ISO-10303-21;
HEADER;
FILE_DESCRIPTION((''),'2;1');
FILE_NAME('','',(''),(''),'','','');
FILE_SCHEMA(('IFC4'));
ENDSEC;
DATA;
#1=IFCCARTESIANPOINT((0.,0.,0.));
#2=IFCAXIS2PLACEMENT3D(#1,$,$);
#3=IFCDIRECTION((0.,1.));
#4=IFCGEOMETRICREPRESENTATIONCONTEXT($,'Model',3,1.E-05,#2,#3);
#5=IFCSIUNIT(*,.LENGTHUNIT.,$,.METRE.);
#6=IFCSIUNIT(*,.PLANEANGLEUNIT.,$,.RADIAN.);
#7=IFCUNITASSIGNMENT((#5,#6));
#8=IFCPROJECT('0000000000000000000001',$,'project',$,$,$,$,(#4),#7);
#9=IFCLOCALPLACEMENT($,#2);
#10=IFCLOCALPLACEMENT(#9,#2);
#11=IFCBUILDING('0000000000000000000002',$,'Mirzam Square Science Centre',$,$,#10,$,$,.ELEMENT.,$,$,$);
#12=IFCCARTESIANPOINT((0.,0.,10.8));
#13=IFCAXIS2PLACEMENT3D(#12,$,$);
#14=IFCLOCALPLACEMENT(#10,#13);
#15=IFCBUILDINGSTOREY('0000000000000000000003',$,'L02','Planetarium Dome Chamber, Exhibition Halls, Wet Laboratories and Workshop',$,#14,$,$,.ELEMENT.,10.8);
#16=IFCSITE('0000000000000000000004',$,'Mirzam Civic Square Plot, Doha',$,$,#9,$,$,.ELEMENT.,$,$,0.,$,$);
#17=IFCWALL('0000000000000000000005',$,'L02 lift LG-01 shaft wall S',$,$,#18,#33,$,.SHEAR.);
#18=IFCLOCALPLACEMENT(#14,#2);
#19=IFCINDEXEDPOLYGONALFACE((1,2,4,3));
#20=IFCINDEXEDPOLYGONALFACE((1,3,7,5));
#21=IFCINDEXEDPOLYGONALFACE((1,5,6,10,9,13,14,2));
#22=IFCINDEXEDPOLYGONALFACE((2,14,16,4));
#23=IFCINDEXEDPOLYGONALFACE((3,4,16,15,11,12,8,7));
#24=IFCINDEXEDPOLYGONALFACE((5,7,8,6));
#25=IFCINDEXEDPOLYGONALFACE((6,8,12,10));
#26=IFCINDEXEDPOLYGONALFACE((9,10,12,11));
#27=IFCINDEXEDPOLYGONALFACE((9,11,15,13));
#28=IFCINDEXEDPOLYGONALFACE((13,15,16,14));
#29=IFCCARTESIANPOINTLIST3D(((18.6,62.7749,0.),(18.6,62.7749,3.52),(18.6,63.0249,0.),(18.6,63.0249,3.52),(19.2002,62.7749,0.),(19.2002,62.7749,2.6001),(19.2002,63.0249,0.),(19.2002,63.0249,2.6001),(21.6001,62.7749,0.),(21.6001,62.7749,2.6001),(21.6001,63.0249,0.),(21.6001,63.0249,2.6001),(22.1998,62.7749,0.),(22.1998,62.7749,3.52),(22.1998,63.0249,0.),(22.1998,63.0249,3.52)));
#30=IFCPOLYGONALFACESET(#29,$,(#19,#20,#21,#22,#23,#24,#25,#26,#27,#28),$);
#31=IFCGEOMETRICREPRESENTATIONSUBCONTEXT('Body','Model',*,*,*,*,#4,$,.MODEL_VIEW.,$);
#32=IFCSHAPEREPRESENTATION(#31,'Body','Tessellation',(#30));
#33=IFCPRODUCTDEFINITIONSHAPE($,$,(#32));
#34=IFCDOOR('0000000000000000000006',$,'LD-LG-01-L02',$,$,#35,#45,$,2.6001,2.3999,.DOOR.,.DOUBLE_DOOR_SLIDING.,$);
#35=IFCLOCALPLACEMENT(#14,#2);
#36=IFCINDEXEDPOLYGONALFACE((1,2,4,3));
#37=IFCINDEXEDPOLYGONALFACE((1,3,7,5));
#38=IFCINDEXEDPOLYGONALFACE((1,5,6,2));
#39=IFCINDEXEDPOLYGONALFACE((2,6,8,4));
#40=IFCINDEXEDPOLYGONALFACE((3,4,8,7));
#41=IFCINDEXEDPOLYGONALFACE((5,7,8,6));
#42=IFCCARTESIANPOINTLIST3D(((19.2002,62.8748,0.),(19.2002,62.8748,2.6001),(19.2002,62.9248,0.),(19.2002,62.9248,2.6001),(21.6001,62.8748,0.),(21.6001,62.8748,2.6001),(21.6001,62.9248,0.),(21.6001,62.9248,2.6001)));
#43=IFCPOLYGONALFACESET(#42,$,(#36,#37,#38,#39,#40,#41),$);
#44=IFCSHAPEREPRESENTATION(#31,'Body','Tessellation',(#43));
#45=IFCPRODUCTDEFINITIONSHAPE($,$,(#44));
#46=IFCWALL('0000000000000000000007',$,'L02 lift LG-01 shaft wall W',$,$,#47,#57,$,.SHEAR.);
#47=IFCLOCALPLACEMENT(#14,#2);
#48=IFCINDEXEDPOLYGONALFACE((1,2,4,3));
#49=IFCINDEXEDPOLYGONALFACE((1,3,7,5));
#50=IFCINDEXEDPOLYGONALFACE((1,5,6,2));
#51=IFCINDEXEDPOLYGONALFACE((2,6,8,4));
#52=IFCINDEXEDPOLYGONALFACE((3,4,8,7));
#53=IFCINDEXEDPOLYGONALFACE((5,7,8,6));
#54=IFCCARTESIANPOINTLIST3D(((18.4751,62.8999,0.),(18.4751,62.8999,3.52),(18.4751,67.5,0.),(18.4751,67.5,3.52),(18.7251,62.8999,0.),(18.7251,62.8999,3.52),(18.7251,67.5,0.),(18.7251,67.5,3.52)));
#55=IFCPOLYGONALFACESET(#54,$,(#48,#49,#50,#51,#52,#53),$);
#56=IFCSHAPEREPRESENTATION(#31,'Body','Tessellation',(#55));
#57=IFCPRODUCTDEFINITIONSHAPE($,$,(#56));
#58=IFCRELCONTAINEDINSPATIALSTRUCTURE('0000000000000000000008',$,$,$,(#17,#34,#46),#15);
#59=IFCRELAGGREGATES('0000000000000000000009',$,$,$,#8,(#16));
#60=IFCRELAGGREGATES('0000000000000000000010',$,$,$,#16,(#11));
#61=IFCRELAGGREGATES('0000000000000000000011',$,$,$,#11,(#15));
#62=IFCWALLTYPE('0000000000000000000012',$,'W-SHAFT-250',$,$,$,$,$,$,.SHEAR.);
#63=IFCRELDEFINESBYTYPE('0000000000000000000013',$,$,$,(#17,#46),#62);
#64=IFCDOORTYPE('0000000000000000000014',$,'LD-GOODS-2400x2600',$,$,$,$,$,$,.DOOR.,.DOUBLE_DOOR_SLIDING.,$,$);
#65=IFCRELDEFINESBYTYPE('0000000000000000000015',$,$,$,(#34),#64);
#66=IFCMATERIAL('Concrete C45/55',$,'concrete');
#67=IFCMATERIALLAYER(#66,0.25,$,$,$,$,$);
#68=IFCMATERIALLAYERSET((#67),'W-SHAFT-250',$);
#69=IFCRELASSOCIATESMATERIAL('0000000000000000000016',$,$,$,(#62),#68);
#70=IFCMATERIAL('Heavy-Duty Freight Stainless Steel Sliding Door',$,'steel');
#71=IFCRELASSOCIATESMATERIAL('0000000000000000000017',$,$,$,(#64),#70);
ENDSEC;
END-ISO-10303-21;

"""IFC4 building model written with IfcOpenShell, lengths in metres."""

from ifc_helpers import new_model, si_unit, direction, frame, frame_2d, origin, place, context, subcontext, project, spatial, rectangle, extrude, material, layer, layer_set, type_object, element, fill, save


model = new_model("IFC4")

# Units and contexts
model_context = context("Model", 3, precision=1e-05, world=origin(), true_north=direction((0.0, 1.0)))
body_context = subcontext(model_context, "Body", "Model", "MODEL_VIEW")
ifc_project = project(units=[si_unit("LENGTHUNIT", "METRE"), si_unit("PLANEANGLEUNIT", "RADIAN")], contexts=[model_context])

# Site, building, storey
site_placement = place(None, origin())
site = spatial("IfcSite", under=ifc_project, at=site_placement, Name="Mirzam Civic Square Plot, Doha", CompositionType="ELEMENT", RefElevation=0.0)
building_placement = place(site_placement, origin())
building = spatial("IfcBuilding", under=site, at=building_placement, Name="Mirzam Square Science Centre", CompositionType="ELEMENT")
storey_placement = place(building_placement, frame((0.0, 0.0, 10.8)))
storey = spatial("IfcBuildingStorey", under=building, at=storey_placement, Name="L02", Description="Planetarium Dome Chamber, Exhibition Halls, Wet Laboratories and Workshop", CompositionType="ELEMENT", Elevation=10.8)

# Wall, opening, door
ifc_material_1 = material(Name="Concrete C45/55", Category="concrete")
ifc_layer_1 = layer(ifc_material_1, 0.25)
ifc_layer_set_1 = layer_set([ifc_layer_1], Name="W-SHAFT-250")
wall_type_1 = type_object("IfcWallType", Name="W-SHAFT-250", PredefinedType="SHEAR", material=ifc_layer_set_1)
wall_1_placement = place(storey_placement, frame((18.6001, 62.8999, 0.0), z_axis=(0.0, 0.0, 1.0), x_axis=(1.0, 0.0, 0.0)))
wall_1 = element("IfcWall", 1, at=wall_1_placement, inside=storey, type_object=wall_type_1, Name="L02 lift LG-01 shaft wall S", PredefinedType="SHEAR", context=body_context, shape_type="SweptSolid", body=[
    extrude(rectangle(XDim=3.5999, YDim=0.25, at=frame_2d((1.7998, 0.0))), origin(), (0.0, 0.0, 1.0), 3.52),
])
opening_1_placement = place(wall_1_placement, frame((0.6001, 0.0, 0.0)))
opening_1 = element("IfcOpeningElement", 2, at=opening_1_placement, cuts=wall_1, PredefinedType="OPENING", context=body_context, shape_type="SweptSolid", body=[
    extrude(rectangle(XDim=2.3999, YDim=2.6001, at=frame_2d((1.2, 1.3))), frame((0.0, 0.135, 0.0), z_axis=(0.0, -1.0, 0.0), x_axis=(1.0, 0.0, 0.0)), (0.0, 0.0, 1.0), 0.27),
])
ifc_material_2 = material(Name="Heavy-Duty Freight Stainless Steel Sliding Door", Category="steel")
door_type = type_object("IfcDoorType", Name="LD-GOODS-2400x2600", OperationType="DOUBLE_DOOR_SLIDING", PredefinedType="DOOR", material=ifc_material_2)
door_placement = place(opening_1_placement, origin())
door = element("IfcDoor", 3, at=door_placement, inside=storey, type_object=door_type, Name="LD-LG-01-L02", OperationType="DOUBLE_DOOR_SLIDING", OverallHeight=2.6001, OverallWidth=2.3999, PredefinedType="DOOR", context=body_context, shape_type="SweptSolid", body=[
    extrude(rectangle(XDim=2.3999, YDim=2.6001, at=frame_2d((1.2, 1.3))), frame((0.0, 0.0249, 0.0), z_axis=(0.0, -1.0, 0.0), x_axis=(1.0, 0.0, 0.0)), (0.0, 0.0, 1.0), 0.05),
])
fill(opening_1, door)

# Wall
wall_2_placement = place(storey_placement, frame((18.6001, 67.5, 0.0), z_axis=(0.0, 0.0, 1.0), x_axis=(0.0, -1.0, 0.0)))
element("IfcWall", 4, at=wall_2_placement, inside=storey, type_object=wall_type_1, Name="L02 lift LG-01 shaft wall W", PredefinedType="SHEAR", context=body_context, shape_type="SweptSolid", body=[
    extrude(rectangle(XDim=4.6001, YDim=0.25, at=frame_2d((2.3, 0.0))), origin(), (0.0, 0.0, 1.0), 3.52),
])

save(model, "model.ifc")
